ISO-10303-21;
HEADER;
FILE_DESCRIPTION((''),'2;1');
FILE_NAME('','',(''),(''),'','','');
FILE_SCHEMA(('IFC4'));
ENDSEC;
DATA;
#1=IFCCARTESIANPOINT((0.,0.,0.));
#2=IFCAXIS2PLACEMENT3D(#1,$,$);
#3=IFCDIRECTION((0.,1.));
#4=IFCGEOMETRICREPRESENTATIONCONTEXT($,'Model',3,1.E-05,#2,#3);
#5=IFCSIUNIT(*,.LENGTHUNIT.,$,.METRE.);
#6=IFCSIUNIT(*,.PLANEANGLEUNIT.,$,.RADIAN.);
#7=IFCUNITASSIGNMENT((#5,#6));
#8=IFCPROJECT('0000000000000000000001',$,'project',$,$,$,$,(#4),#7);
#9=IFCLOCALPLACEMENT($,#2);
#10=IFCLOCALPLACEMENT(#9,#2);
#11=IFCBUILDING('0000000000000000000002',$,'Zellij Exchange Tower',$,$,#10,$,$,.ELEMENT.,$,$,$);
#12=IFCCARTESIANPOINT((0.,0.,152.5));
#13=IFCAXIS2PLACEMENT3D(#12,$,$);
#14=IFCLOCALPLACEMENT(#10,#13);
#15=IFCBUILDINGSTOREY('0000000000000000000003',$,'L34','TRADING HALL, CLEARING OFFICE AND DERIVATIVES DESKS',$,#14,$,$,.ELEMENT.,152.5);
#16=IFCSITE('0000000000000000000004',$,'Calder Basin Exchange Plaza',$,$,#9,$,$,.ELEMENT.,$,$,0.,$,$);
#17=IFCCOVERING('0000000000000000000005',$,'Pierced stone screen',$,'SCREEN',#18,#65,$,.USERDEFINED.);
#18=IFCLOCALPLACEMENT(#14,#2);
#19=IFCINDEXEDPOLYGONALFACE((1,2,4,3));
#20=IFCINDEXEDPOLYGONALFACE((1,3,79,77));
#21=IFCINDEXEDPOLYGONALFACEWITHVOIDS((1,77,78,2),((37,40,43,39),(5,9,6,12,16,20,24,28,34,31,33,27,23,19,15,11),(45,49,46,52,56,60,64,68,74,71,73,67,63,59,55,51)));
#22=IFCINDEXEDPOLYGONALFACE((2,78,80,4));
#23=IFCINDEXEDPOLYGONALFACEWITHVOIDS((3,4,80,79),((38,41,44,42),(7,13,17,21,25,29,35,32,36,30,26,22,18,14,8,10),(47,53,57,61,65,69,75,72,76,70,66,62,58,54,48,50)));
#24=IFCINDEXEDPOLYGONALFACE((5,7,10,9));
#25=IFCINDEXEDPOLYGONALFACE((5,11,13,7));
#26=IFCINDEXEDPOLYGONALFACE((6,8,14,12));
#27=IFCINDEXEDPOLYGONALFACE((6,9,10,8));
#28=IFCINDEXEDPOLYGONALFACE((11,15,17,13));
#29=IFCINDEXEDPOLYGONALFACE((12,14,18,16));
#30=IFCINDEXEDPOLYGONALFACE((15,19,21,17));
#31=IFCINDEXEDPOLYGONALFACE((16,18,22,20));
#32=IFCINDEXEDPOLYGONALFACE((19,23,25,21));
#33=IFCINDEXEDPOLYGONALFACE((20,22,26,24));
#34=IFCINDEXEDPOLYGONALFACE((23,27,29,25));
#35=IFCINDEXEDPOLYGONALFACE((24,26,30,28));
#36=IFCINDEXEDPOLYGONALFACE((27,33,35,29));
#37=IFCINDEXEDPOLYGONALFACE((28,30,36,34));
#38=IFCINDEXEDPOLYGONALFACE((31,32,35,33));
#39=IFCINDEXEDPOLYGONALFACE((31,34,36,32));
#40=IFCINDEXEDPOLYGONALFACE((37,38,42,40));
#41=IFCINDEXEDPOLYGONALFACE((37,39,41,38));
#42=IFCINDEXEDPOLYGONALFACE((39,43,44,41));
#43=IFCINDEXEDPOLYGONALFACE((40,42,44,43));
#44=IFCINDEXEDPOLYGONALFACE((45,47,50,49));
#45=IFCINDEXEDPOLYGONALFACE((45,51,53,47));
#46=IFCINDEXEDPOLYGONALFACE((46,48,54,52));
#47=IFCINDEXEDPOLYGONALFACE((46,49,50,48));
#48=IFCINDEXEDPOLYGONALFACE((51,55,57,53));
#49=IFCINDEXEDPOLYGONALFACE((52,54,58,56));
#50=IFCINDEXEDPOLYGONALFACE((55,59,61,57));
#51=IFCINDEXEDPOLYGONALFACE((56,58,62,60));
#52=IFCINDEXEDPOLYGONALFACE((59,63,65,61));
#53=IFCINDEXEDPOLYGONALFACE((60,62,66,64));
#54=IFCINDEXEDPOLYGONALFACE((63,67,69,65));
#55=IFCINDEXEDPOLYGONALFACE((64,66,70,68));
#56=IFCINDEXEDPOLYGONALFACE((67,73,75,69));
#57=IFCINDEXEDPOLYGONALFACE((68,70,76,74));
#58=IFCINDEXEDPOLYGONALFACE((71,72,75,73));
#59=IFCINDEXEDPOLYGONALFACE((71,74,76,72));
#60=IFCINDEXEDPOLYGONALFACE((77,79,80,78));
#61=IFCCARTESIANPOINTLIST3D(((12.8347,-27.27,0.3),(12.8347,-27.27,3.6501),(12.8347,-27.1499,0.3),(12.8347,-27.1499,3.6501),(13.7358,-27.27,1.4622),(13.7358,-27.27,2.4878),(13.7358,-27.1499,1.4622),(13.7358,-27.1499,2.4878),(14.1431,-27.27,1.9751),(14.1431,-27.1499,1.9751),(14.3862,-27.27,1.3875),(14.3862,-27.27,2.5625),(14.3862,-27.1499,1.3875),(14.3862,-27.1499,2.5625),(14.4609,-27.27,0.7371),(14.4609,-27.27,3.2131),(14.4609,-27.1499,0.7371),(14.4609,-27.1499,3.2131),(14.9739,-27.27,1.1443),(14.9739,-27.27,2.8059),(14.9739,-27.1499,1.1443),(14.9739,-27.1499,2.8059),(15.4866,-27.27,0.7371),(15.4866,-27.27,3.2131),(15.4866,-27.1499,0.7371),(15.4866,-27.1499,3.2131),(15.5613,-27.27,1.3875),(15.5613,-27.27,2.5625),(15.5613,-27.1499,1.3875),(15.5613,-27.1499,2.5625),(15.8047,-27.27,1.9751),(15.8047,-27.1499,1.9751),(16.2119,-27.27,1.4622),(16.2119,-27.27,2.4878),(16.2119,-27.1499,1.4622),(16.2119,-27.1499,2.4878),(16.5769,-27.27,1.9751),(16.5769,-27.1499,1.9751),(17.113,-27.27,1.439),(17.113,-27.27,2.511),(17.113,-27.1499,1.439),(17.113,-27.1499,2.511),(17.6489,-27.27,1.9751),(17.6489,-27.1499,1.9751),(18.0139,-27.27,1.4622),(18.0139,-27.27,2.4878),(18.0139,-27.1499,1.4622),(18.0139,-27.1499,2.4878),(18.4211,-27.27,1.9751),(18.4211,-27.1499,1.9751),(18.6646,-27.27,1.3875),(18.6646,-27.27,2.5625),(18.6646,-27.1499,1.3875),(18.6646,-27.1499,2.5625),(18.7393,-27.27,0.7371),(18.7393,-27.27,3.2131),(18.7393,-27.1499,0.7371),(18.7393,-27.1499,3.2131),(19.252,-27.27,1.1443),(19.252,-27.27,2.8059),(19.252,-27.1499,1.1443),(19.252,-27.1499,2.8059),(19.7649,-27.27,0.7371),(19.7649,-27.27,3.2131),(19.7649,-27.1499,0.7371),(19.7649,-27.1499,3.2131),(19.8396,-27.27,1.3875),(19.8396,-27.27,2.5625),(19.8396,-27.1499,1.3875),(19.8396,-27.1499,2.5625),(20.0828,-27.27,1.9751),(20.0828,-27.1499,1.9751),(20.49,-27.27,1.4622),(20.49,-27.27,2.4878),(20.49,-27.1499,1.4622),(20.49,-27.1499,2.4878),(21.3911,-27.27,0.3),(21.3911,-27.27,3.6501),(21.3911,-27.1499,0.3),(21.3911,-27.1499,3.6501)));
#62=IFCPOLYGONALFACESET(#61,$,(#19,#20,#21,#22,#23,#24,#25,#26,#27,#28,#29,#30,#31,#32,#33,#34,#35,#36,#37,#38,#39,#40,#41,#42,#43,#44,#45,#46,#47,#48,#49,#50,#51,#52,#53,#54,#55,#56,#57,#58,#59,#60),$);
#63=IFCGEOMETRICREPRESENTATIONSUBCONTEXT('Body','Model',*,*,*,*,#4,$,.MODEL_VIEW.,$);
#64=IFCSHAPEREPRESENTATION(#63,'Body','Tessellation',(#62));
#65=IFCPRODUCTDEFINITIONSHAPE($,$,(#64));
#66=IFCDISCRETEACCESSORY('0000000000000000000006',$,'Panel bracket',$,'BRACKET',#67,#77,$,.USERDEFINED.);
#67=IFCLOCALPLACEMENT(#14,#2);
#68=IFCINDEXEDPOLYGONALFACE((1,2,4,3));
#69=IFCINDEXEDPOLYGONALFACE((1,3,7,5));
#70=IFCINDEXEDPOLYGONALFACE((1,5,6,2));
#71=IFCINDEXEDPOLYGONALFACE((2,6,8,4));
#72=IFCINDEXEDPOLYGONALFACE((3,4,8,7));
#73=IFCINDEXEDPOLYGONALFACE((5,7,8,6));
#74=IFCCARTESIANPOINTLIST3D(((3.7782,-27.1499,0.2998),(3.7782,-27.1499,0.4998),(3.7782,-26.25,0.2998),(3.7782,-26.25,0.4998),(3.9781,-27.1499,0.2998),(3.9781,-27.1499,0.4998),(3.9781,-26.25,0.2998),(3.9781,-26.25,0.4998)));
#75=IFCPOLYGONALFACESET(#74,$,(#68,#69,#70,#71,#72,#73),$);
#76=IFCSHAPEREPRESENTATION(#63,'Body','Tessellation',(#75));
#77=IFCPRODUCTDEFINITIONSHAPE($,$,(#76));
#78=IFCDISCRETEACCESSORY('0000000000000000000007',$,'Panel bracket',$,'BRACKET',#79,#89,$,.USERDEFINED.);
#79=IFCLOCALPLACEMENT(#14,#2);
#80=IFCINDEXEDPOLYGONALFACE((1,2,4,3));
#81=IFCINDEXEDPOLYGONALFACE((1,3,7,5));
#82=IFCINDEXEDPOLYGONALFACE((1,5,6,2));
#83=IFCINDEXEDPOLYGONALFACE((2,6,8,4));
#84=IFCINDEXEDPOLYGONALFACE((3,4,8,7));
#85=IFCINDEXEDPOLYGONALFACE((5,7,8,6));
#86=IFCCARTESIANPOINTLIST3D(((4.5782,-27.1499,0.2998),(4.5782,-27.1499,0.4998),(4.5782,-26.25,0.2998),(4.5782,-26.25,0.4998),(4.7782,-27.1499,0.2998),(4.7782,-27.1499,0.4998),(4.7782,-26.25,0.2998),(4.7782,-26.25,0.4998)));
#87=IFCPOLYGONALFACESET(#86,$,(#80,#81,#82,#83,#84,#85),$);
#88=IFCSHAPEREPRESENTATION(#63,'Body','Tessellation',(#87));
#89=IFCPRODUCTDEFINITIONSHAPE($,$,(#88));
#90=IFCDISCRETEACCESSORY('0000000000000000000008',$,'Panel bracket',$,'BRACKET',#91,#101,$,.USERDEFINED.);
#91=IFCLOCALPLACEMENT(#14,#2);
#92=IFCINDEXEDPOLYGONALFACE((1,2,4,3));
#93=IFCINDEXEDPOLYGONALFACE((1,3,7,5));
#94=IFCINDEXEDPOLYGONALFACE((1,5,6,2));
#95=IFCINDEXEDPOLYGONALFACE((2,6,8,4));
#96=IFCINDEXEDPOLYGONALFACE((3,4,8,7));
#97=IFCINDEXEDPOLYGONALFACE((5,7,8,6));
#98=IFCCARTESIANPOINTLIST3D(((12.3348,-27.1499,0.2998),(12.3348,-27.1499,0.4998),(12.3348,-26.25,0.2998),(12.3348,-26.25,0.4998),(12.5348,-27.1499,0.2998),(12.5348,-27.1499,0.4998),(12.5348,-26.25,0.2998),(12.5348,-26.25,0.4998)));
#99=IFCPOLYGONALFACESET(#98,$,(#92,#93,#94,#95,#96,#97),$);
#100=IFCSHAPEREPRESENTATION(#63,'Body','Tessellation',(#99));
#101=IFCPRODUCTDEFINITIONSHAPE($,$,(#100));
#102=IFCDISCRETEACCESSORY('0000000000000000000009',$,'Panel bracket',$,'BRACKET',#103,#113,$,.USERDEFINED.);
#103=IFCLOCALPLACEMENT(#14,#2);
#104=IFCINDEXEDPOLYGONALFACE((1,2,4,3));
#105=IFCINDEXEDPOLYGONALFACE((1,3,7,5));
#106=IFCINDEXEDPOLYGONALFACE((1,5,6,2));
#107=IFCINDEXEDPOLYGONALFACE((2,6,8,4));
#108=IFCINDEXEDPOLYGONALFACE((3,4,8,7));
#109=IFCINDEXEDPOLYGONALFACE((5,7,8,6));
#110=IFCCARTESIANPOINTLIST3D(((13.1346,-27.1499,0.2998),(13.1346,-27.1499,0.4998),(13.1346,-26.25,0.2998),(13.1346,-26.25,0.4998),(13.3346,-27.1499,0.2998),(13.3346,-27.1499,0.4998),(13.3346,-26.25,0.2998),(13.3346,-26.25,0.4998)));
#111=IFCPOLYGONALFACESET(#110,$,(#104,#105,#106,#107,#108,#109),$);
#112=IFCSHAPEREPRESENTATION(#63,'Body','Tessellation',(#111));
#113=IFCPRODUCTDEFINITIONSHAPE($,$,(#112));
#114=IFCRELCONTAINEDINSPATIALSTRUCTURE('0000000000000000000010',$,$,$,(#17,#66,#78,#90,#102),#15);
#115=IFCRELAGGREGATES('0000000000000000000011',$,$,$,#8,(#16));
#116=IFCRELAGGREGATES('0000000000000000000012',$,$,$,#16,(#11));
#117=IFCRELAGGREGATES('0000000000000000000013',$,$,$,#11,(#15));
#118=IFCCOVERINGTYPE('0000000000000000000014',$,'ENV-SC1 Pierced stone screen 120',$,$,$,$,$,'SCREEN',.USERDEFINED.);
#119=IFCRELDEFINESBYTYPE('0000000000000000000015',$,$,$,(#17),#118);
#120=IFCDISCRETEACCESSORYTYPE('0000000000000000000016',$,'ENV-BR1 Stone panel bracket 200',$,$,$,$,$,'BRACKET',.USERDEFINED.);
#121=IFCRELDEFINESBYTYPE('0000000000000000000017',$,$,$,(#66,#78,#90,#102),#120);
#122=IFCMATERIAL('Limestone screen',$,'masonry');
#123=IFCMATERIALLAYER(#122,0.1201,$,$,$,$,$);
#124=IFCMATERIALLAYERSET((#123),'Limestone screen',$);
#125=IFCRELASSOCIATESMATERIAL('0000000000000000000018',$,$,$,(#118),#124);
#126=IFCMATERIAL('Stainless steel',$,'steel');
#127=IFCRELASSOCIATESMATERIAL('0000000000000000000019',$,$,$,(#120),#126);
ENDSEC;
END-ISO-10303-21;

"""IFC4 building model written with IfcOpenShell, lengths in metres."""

from ifc_helpers import new_model, si_unit, direction, frame, origin, origin_2d, place, context, subcontext, project, spatial, polyline, rectangle, outline, extrude, material, layer, layer_set, type_object, element, save


model = new_model("IFC4")

# Units and contexts
model_context = context("Model", 3, precision=1e-05, world=origin(), true_north=direction((0.0, 1.0)))
body_context = subcontext(model_context, "Body", "Model", "MODEL_VIEW")
ifc_project = project(units=[si_unit("LENGTHUNIT", "METRE"), si_unit("PLANEANGLEUNIT", "RADIAN")], contexts=[model_context])

# Site, building, storey
site_placement = place(None, origin())
site = spatial("IfcSite", under=ifc_project, at=site_placement, Name="Calder Basin Exchange Plaza", CompositionType="ELEMENT", RefElevation=0.0)
building_placement = place(site_placement, origin())
building = spatial("IfcBuilding", under=site, at=building_placement, Name="Zellij Exchange Tower", CompositionType="ELEMENT")
storey_placement = place(building_placement, frame((0.0, 0.0, 152.5)))
storey = spatial("IfcBuildingStorey", under=building, at=storey_placement, Name="L34", Description="TRADING HALL, CLEARING OFFICE AND DERIVATIVES DESKS", CompositionType="ELEMENT", Elevation=152.5)

# Covering
ifc_material_1 = material(Name="Limestone screen", Category="masonry")
ifc_layer_1 = layer(ifc_material_1, 0.1201)
ifc_layer_set_1 = layer_set([ifc_layer_1], Name="Limestone screen")
covering_type = type_object("IfcCoveringType", Name="ENV-SC1 Pierced stone screen 120", ElementType="SCREEN", PredefinedType="USERDEFINED", material=ifc_layer_set_1)
for number, where, z_axis, x_axis, name in (
    (1, (12.8347, -27.21, 0.3), (0.0, 0.0, 1.0), (1.0, 0.0, 0.0), "Pierced stone screen"),
):
    element("IfcCovering", number, at=place(storey_placement, frame(where, z_axis=z_axis, x_axis=x_axis)), inside=storey, type_object=covering_type, Name=name, ObjectType="SCREEN", PredefinedType="USERDEFINED", context=body_context, shape_type="SweptSolid", body=[
        extrude(outline(polyline([(0.0, 0.0), (8.5564, 0.0), (8.5564, 3.3501), (0.0, 3.3501), (0.0, 0.0)]), holes=[polyline([(3.3772, 2.1877), (2.7266, 2.2625), (2.6519, 2.9131), (2.1392, 2.5059), (1.6262, 2.9131), (1.5515, 2.2625), (0.9011, 2.1877), (1.3083, 1.675), (0.9011, 1.1621), (1.5515, 1.0874), (1.6262, 0.437), (2.1392, 0.8442), (2.6519, 0.437), (2.7266, 1.0874), (3.3772, 1.1621), (2.97, 1.675), (3.3772, 2.1877)]), polyline([(7.6553, 2.1877), (7.0049, 2.2625), (6.9302, 2.9131), (6.4172, 2.5059), (5.9045, 2.9131), (5.8298, 2.2625), (5.1792, 2.1877), (5.5864, 1.675), (5.1792, 1.1621), (5.8298, 1.0874), (5.9045, 0.437), (6.4172, 0.8442), (6.9302, 0.437), (7.0049, 1.0874), (7.6553, 1.1621), (7.248, 1.675), (7.6553, 2.1877)]), polyline([(4.8142, 1.675), (4.2783, 2.2109), (3.7422, 1.675), (4.2783, 1.1389), (4.8142, 1.675)])]), frame((0.0, 0.0601, 0.0), z_axis=(0.0, -1.0, 0.0), x_axis=(1.0, 0.0, 0.0)), (0.0, 0.0, 1.0), 0.1201),
    ])

# Discrete accessories
ifc_material_2 = material(Name="Stainless steel", Category="steel")
discrete_accessory_type = type_object("IfcDiscreteAccessoryType", Name="ENV-BR1 Stone panel bracket 200", ElementType="BRACKET", PredefinedType="USERDEFINED", material=ifc_material_2)
for number, where, z_axis, x_axis, name in (
    (2, (3.8782, -26.7, 0.2998), (0.0, 0.0, 1.0), (1.0, 0.0, 0.0), "Panel bracket"),
    (3, (4.6782, -26.7, 0.2998), (0.0, 0.0, 1.0), (1.0, 0.0, 0.0), "Panel bracket"),
    (4, (12.4348, -26.7, 0.2998), (0.0, 0.0, 1.0), (1.0, 0.0, 0.0), "Panel bracket"),
    (5, (13.2346, -26.7, 0.2998), (0.0, 0.0, 1.0), (1.0, 0.0, 0.0), "Panel bracket"),
):
    element("IfcDiscreteAccessory", number, at=place(storey_placement, frame(where, z_axis=z_axis, x_axis=x_axis)), inside=storey, type_object=discrete_accessory_type, Name=name, ObjectType="BRACKET", PredefinedType="USERDEFINED", context=body_context, shape_type="SweptSolid", body=[
        extrude(rectangle(XDim=0.2, YDim=0.8999, at=origin_2d()), origin(), (0.0, 0.0, 1.0), 0.2),
    ])

save(model, "model.ifc")
